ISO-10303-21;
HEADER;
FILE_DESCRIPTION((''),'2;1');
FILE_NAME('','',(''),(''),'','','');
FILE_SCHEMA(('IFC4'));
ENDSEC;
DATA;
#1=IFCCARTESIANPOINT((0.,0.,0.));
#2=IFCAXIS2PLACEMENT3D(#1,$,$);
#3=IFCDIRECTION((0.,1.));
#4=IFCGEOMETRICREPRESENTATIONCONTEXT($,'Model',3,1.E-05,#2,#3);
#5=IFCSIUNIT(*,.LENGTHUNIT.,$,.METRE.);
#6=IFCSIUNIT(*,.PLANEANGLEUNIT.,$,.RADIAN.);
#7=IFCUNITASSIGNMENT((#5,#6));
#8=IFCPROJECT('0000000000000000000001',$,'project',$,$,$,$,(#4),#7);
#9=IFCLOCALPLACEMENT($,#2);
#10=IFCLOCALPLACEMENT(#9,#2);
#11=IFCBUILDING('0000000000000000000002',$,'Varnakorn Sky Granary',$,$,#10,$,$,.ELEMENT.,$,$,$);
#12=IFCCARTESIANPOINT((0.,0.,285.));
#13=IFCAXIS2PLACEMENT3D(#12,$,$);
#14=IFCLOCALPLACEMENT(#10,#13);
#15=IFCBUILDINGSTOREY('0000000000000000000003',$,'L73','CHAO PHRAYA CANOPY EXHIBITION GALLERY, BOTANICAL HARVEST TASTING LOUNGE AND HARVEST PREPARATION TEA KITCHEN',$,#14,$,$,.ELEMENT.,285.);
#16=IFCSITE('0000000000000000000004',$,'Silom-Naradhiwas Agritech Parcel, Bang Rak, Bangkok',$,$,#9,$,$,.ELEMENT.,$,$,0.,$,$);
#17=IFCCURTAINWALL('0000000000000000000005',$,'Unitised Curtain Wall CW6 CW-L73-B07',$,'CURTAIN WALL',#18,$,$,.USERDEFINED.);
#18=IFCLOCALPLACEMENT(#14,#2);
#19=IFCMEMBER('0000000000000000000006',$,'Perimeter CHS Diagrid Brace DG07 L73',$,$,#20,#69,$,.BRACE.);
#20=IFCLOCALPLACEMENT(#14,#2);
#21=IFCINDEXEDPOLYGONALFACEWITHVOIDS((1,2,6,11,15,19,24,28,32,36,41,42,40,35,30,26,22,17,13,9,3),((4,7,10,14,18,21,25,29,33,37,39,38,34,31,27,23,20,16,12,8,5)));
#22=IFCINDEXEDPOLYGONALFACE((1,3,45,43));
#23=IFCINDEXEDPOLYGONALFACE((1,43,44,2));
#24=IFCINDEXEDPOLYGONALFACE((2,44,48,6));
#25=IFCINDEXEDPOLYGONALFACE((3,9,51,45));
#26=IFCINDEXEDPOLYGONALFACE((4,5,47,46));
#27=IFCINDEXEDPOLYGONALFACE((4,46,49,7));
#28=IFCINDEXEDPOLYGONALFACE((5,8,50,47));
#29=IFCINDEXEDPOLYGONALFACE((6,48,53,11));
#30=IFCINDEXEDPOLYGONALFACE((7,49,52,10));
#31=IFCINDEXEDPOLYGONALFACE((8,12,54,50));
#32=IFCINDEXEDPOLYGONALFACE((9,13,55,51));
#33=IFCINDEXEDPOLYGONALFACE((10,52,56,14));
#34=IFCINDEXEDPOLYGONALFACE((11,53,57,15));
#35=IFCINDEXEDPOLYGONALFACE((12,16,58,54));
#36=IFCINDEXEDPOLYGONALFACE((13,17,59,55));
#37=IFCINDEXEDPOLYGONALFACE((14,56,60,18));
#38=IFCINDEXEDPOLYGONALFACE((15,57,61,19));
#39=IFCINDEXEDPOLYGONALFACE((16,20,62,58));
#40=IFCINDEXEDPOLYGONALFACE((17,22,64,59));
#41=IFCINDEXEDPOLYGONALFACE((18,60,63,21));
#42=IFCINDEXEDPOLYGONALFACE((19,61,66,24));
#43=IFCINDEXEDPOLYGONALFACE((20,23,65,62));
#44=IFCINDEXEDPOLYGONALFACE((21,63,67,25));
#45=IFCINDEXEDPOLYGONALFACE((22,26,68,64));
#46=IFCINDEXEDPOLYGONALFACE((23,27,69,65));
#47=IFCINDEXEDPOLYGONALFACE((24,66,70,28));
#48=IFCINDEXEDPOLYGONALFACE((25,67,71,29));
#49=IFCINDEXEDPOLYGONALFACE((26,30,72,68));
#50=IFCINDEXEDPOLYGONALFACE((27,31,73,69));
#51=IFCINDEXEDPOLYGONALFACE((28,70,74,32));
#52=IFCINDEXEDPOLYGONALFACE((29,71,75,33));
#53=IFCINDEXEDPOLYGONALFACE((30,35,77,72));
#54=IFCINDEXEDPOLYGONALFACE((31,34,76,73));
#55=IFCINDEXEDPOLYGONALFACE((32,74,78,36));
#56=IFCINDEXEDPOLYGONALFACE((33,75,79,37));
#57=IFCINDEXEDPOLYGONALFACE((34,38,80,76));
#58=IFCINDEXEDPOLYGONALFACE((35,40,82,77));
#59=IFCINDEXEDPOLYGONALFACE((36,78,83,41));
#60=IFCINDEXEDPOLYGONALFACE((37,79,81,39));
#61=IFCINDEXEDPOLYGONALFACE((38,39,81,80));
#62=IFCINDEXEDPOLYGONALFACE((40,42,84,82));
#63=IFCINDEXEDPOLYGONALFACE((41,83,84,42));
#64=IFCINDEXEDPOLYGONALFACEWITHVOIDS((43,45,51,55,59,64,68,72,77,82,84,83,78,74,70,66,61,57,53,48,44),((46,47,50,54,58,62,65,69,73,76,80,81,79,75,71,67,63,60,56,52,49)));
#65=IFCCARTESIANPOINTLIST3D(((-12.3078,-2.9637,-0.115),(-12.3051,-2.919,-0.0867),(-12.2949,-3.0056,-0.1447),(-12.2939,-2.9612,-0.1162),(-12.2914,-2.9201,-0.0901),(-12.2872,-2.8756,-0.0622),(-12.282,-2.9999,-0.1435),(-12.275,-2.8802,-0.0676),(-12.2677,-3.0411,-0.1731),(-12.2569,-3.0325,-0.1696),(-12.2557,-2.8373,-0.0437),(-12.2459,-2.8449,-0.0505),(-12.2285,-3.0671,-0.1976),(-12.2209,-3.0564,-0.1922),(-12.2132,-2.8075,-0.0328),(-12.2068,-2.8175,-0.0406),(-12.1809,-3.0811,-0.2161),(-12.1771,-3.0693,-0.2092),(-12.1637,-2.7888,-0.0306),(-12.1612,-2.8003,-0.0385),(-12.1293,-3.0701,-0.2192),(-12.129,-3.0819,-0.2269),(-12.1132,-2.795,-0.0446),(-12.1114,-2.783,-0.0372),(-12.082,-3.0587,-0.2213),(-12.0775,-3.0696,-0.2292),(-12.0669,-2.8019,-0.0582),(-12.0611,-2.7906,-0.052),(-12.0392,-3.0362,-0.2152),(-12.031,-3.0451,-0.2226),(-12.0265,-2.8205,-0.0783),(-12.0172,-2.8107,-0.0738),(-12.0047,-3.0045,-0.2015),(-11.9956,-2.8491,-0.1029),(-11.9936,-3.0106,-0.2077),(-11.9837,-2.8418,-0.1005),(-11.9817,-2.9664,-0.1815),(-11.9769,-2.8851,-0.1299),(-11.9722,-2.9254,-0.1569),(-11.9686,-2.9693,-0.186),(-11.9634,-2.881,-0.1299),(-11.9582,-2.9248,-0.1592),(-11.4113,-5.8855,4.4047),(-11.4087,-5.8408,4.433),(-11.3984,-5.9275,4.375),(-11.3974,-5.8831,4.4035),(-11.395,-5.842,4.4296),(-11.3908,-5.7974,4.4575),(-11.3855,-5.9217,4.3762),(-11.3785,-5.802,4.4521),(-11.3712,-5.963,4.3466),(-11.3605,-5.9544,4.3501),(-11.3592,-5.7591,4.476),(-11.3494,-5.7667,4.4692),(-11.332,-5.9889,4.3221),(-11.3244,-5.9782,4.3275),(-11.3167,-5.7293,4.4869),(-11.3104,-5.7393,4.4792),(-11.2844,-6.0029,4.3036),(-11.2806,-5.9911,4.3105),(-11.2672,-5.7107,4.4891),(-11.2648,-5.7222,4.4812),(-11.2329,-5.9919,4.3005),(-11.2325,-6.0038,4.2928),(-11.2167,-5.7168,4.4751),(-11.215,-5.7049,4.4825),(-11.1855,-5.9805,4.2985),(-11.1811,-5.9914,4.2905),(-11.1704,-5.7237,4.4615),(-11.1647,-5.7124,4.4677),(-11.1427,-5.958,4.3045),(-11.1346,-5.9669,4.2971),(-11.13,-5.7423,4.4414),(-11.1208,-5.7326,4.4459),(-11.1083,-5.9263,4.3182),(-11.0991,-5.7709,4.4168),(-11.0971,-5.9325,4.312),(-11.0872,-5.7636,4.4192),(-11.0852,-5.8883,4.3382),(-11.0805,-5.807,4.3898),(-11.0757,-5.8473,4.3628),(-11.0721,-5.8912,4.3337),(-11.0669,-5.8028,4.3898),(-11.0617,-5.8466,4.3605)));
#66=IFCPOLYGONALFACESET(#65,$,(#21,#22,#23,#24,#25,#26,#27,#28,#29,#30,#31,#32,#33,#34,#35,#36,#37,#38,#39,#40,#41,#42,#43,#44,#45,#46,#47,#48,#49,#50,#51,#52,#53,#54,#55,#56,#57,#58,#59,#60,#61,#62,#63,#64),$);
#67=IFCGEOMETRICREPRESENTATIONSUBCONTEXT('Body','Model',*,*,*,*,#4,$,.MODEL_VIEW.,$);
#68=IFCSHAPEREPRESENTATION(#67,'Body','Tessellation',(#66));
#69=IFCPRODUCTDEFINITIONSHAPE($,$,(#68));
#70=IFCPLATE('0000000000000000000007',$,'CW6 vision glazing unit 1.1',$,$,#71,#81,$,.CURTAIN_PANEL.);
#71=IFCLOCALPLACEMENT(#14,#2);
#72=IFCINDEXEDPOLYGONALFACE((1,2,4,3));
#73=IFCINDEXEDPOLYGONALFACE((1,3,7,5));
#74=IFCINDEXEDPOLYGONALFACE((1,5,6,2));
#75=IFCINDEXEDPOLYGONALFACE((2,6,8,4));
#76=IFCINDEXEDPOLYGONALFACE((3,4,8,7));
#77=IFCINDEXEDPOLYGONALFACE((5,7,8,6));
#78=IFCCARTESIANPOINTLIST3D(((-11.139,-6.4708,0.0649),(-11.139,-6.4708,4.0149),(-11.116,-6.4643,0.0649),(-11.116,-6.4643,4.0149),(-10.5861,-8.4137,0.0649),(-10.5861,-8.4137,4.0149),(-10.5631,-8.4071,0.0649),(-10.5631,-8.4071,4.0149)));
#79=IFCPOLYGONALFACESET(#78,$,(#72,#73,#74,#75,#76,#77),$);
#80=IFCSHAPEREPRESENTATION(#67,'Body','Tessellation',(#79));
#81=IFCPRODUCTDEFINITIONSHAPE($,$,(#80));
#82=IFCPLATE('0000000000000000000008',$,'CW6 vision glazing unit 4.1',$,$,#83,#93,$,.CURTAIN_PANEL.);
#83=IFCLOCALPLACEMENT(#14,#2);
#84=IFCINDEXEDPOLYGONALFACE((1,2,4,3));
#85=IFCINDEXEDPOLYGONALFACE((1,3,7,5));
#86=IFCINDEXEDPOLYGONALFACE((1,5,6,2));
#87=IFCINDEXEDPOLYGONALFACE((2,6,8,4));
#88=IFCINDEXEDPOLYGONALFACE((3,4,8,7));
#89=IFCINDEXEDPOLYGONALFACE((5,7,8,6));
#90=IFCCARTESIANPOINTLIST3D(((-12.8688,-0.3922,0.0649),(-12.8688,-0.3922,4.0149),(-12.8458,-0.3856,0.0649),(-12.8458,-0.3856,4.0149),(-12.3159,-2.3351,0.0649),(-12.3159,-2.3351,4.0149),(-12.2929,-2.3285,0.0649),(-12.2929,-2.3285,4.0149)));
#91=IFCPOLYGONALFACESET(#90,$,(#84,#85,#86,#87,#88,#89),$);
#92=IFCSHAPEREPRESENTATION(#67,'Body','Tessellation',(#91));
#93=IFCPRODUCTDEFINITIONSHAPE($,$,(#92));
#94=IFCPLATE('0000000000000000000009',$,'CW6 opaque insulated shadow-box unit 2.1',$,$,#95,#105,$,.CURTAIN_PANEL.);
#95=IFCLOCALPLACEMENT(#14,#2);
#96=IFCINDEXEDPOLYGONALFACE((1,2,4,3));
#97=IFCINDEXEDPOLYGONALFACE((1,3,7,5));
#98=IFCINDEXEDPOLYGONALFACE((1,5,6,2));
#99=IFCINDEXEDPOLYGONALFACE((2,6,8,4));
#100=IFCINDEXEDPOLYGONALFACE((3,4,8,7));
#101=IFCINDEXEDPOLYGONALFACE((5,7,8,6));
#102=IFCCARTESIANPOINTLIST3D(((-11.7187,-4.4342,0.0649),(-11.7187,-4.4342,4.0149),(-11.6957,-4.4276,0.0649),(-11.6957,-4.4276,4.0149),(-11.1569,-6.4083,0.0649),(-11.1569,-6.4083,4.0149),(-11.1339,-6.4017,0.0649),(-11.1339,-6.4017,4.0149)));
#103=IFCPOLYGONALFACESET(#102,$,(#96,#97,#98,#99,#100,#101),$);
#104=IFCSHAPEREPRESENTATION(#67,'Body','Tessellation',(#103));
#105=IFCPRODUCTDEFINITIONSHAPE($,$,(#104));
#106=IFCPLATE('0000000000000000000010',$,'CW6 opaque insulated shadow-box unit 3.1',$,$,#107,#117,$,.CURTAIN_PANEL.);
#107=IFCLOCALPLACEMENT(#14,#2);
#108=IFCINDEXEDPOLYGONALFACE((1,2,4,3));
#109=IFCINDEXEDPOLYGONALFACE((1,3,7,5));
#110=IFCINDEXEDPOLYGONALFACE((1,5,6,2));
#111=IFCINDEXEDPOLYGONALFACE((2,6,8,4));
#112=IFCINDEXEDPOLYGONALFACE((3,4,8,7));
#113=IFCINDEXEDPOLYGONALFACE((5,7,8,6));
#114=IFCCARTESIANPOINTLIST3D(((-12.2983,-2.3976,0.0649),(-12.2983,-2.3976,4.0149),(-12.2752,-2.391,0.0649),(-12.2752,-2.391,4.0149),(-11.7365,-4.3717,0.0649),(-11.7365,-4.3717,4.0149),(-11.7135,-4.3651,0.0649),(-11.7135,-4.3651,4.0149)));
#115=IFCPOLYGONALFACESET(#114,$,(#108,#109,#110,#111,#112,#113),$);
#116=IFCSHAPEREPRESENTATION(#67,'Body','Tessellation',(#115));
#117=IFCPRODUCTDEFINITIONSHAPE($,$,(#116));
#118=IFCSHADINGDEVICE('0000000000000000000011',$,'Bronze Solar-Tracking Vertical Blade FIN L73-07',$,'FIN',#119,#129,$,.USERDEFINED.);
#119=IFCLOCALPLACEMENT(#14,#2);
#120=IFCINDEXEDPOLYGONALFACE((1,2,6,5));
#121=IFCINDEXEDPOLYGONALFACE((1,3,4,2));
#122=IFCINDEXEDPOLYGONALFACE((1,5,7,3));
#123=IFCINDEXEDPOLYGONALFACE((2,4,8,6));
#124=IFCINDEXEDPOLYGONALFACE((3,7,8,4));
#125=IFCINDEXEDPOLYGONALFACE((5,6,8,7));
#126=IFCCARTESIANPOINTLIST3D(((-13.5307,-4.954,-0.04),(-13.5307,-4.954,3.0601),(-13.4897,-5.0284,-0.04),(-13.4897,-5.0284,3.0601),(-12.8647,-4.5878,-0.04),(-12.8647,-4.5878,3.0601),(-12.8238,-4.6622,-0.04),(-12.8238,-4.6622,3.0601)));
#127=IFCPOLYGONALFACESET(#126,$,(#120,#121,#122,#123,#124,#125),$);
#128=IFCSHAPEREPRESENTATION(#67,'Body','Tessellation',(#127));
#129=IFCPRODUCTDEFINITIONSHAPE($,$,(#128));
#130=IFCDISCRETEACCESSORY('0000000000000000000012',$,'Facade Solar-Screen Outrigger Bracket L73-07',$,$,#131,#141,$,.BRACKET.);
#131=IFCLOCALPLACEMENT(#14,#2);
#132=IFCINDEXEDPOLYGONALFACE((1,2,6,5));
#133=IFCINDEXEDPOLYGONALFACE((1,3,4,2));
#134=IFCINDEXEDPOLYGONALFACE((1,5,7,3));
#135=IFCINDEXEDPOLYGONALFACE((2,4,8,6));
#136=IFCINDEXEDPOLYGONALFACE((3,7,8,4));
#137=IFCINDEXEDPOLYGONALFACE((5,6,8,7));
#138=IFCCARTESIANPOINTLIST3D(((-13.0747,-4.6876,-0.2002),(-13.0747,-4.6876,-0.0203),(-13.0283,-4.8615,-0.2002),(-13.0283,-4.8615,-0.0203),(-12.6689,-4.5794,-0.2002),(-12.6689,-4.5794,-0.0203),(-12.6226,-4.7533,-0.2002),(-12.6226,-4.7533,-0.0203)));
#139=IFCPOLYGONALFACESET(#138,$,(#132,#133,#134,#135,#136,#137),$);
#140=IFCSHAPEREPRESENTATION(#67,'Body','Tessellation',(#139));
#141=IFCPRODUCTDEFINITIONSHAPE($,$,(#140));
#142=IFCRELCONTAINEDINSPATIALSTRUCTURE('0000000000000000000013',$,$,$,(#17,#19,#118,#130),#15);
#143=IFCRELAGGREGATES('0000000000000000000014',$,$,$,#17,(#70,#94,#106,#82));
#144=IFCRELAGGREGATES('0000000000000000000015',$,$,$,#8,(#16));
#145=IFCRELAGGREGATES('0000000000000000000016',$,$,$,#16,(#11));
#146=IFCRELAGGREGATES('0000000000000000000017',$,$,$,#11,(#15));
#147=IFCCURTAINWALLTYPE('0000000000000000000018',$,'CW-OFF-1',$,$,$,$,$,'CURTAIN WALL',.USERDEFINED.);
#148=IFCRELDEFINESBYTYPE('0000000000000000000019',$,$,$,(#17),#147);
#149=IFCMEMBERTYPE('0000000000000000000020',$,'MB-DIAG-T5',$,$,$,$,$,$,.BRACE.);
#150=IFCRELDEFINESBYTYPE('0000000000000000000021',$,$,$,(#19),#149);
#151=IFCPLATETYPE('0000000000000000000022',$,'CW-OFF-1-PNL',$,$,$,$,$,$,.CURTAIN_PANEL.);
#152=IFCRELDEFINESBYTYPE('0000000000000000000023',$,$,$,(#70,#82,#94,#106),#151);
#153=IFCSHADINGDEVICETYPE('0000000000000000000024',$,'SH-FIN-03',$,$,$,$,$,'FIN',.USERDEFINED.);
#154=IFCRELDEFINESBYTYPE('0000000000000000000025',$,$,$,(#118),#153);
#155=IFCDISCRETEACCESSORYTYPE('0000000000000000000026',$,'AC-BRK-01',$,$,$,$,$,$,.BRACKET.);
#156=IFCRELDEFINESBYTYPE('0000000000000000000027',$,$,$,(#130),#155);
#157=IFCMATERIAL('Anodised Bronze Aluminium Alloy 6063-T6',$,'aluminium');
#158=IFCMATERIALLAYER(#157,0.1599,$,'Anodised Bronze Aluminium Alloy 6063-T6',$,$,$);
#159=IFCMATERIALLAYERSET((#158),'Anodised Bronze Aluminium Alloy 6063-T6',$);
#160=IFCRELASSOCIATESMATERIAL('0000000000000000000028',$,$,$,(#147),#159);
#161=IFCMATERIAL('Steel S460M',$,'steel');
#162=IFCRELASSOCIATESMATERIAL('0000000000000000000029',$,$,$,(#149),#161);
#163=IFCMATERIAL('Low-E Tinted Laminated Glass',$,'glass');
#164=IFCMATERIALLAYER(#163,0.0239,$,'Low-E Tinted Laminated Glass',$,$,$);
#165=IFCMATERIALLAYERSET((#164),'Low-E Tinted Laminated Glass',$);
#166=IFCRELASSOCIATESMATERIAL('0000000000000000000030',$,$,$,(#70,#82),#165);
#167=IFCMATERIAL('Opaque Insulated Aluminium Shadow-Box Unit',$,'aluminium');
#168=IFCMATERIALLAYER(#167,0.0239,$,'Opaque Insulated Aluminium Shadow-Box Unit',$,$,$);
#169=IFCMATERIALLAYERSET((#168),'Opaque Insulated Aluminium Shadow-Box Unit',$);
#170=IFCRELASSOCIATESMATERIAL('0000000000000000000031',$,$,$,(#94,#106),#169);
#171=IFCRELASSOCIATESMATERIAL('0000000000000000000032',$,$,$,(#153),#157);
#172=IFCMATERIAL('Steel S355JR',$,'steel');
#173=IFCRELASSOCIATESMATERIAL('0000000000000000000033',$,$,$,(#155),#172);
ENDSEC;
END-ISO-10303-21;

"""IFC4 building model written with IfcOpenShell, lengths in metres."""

from ifc_helpers import new_model, si_unit, direction, frame, origin, origin_2d, place, context, subcontext, project, spatial, rectangle, hollow_circle, extrude, source, transform, mapped, material, layer, layer_set, material_profile, profile_set, type_object, type_shapes, element, aggregate, save


model = new_model("IFC4")

# Units and contexts
model_context = context("Model", 3, precision=1e-05, world=origin(), true_north=direction((0.0, 1.0)))
body_context = subcontext(model_context, "Body", "Model", "MODEL_VIEW")
ifc_project = project(units=[si_unit("LENGTHUNIT", "METRE"), si_unit("PLANEANGLEUNIT", "RADIAN")], contexts=[model_context])

# Site, building, storey
site_placement = place(None, origin())
site = spatial("IfcSite", under=ifc_project, at=site_placement, Name="Silom-Naradhiwas Agritech Parcel, Bang Rak, Bangkok", CompositionType="ELEMENT", RefElevation=0.0)
building_placement = place(site_placement, origin())
building = spatial("IfcBuilding", under=site, at=building_placement, Name="Varnakorn Sky Granary", CompositionType="ELEMENT")
storey_placement = place(building_placement, frame((0.0, 0.0, 285.0)))
storey = spatial("IfcBuildingStorey", under=building, at=storey_placement, Name="L73", Description="CHAO PHRAYA CANOPY EXHIBITION GALLERY, BOTANICAL HARVEST TASTING LOUNGE AND HARVEST PREPARATION TEA KITCHEN", CompositionType="ELEMENT", Elevation=285.0)

# Shared definitions
ifc_material_1 = material(Name="Steel S460M", Category="steel")

# Shared definitions
ifc_material_2 = material(Name="Steel S355JR", Category="steel")

# Shared definitions
ifc_material_3 = material(Name="Anodised Bronze Aluminium Alloy 6063-T6", Category="aluminium")
ifc_layer_1 = layer(ifc_material_3, 0.1599, Name="Anodised Bronze Aluminium Alloy 6063-T6")
ifc_layer_set_1 = layer_set([ifc_layer_1], Name="Anodised Bronze Aluminium Alloy 6063-T6")
curtain_wall_type = type_object("IfcCurtainWallType", Name="CW-OFF-1", ElementType="CURTAIN WALL", PredefinedType="USERDEFINED", material=ifc_layer_set_1)

# Curtain wall
curtain_wall_1_placement = place(storey_placement, origin())
curtain_wall_1 = element("IfcCurtainWall", 1, at=curtain_wall_1_placement, inside=storey, type_object=curtain_wall_type, Name="Unitised Curtain Wall CW6 CW-L73-B07", ObjectType="CURTAIN WALL", PredefinedType="USERDEFINED")

# Member
ifc_material_profile_1 = material_profile(ifc_material_1, hollow_circle(Radius=0.1777, WallThickness=0.0142, at=origin_2d()), Name="CHS 355.6x14")
ifc_profile_set_1 = profile_set([ifc_material_profile_1], Name="Steel S460M")
member_type_1 = type_object("IfcMemberType", Name="MB-DIAG-T5", PredefinedType="BRACE", material=ifc_profile_set_1)
member_1_placement = place(storey_placement, frame((-12.1333, -2.9331, -0.1299), z_axis=(0.164308, -0.535521, 0.828384), x_axis=(0.956014, 0.293322, 0.0)))
element("IfcMember", 2, at=member_1_placement, inside=storey, type_object=member_type_1, Name="Perimeter CHS Diagrid Brace DG07 L73", PredefinedType="BRACE", context=body_context, shape_type="SweptSolid", body=[
    extrude(hollow_circle(Radius=0.1777, WallThickness=0.0142, at=origin_2d()), origin(), (0.0, 0.0, 1.0), 5.4561),
])

# Plates
ifc_material_4 = material(Name="Low-E Tinted Laminated Glass", Category="glass")
ifc_layer_2 = layer(ifc_material_4, 0.0239, Name="Low-E Tinted Laminated Glass")
ifc_layer_set_2 = layer_set([ifc_layer_2], Name="Low-E Tinted Laminated Glass")
plate_type = type_object("IfcPlateType", Name="CW-OFF-1-PNL", PredefinedType="CURTAIN_PANEL")
shared_shape_1 = source(origin(), body_context, "Body", "SweptSolid", [
    extrude(rectangle(XDim=2.02, YDim=0.0239, at=origin_2d()), origin(), (0.0, 0.0, 1.0), 3.95),
])
plate_1_placement = place(storey_placement, frame((-10.8511, -7.439, 0.0649), z_axis=(0.0, 0.0, 1.0), x_axis=(-0.273709, 0.961813, 0.0)))
plate_1 = element("IfcPlate", 3, at=plate_1_placement, type_object=plate_type, material=ifc_layer_set_2, Name="CW6 vision glazing unit 1.1", PredefinedType="CURTAIN_PANEL", context=body_context, shape_type="MappedRepresentation", body=[
    mapped(shared_shape_1, transform((0.0, 0.0, 0.0), x_axis=(1.0, 0.0, 0.0), y_axis=(0.0, 1.0, 0.0), z_axis=(0.0, 0.0, 1.0), scale=1.0)),
])
plate_2_placement = place(storey_placement, frame((-12.5808, -1.3604, 0.0649), z_axis=(0.0, 0.0, 1.0), x_axis=(-0.273709, 0.961813, 0.0)))
plate_2 = element("IfcPlate", 4, at=plate_2_placement, type_object=plate_type, material=ifc_layer_set_2, Name="CW6 vision glazing unit 4.1", PredefinedType="CURTAIN_PANEL", context=body_context, shape_type="MappedRepresentation", body=[
    mapped(shared_shape_1, transform((0.0, 0.0, 0.0), x_axis=(1.0, 0.0, 0.0), y_axis=(0.0, 1.0, 0.0), z_axis=(0.0, 0.0, 1.0), scale=1.0)),
])
ifc_material_5 = material(Name="Opaque Insulated Aluminium Shadow-Box Unit", Category="aluminium")
ifc_layer_3 = layer(ifc_material_5, 0.0239, Name="Opaque Insulated Aluminium Shadow-Box Unit")
ifc_layer_set_3 = layer_set([ifc_layer_3], Name="Opaque Insulated Aluminium Shadow-Box Unit")
shared_shape_2 = source(origin(), body_context, "Body", "SweptSolid", [
    extrude(rectangle(XDim=2.0525, YDim=0.0239, at=origin_2d()), origin(), (0.0, 0.0, 1.0), 3.95),
])
type_shapes(plate_type, [shared_shape_1, shared_shape_2])
plate_3_placement = place(storey_placement, frame((-11.4263, -5.418, 0.0649), z_axis=(0.0, 0.0, 1.0), x_axis=(-0.273709, 0.961813, 0.0)))
plate_3 = element("IfcPlate", 5, at=plate_3_placement, type_object=plate_type, material=ifc_layer_set_3, Name="CW6 opaque insulated shadow-box unit 2.1", PredefinedType="CURTAIN_PANEL", context=body_context, shape_type="MappedRepresentation", body=[
    mapped(shared_shape_2, transform((0.0, 0.0, 0.0), x_axis=(1.0, 0.0, 0.0), y_axis=(0.0, 1.0, 0.0), z_axis=(0.0, 0.0, 1.0), scale=1.0)),
])
plate_4_placement = place(storey_placement, frame((-12.0059, -3.3813, 0.0649), z_axis=(0.0, 0.0, 1.0), x_axis=(-0.273709, 0.961813, 0.0)))
plate_4 = element("IfcPlate", 6, at=plate_4_placement, type_object=plate_type, material=ifc_layer_set_3, Name="CW6 opaque insulated shadow-box unit 3.1", PredefinedType="CURTAIN_PANEL", context=body_context, shape_type="MappedRepresentation", body=[
    mapped(shared_shape_2, transform((0.0, 0.0, 0.0), x_axis=(1.0, 0.0, 0.0), y_axis=(0.0, 1.0, 0.0), z_axis=(0.0, 0.0, 1.0), scale=1.0)),
])
aggregate(curtain_wall_1, [plate_1, plate_3, plate_4, plate_2])

# Shading device
shading_device_type = type_object("IfcShadingDeviceType", Name="SH-FIN-03", ElementType="FIN", PredefinedType="USERDEFINED", material=ifc_material_3)
shared_shape_3 = source(origin(), body_context, "Body", "SweptSolid", [
    extrude(rectangle(XDim=0.085, YDim=0.76, at=origin_2d()), origin(), (0.0, 0.0, 1.0), 3.1001),
])
type_shapes(shading_device_type, [shared_shape_3])
shading_device_placement = place(storey_placement, frame((-13.1772, -4.8081, -0.04), z_axis=(0.0, 0.0, 1.0), x_axis=(0.481886, -0.876234, 0.0)))
element("IfcShadingDevice", 7, at=shading_device_placement, inside=storey, type_object=shading_device_type, Name="Bronze Solar-Tracking Vertical Blade FIN L73-07", ObjectType="FIN", PredefinedType="USERDEFINED", context=body_context, shape_type="MappedRepresentation", body=[
    mapped(shared_shape_3, transform((0.0, 0.0, 0.0), x_axis=(1.0, 0.0, 0.0), y_axis=(0.0, 1.0, 0.0), z_axis=(0.0, 0.0, 1.0), scale=1.0)),
])

# Discrete accessory
discrete_accessory_type = type_object("IfcDiscreteAccessoryType", Name="AC-BRK-01", PredefinedType="BRACKET", material=ifc_material_2)
shared_shape_4 = source(origin(), body_context, "Body", "SweptSolid", [
    extrude(rectangle(XDim=0.1799, YDim=0.4199, at=origin_2d()), origin(), (0.0, 0.0, 1.0), 0.1799),
])
type_shapes(discrete_accessory_type, [shared_shape_4])
discrete_accessory_placement = place(storey_placement, frame((-12.8486, -4.7205, -0.2002), z_axis=(0.0, 0.0, 1.0), x_axis=(0.257703, -0.966224, 0.0)))
element("IfcDiscreteAccessory", 8, at=discrete_accessory_placement, inside=storey, type_object=discrete_accessory_type, Name="Facade Solar-Screen Outrigger Bracket L73-07", PredefinedType="BRACKET", context=body_context, shape_type="MappedRepresentation", body=[
    mapped(shared_shape_4, transform((0.0, 0.0, 0.0), x_axis=(1.0, 0.0, 0.0), y_axis=(0.0, 1.0, 0.0), z_axis=(0.0, 0.0, 1.0), scale=1.0)),
])

save(model, "model.ifc")
